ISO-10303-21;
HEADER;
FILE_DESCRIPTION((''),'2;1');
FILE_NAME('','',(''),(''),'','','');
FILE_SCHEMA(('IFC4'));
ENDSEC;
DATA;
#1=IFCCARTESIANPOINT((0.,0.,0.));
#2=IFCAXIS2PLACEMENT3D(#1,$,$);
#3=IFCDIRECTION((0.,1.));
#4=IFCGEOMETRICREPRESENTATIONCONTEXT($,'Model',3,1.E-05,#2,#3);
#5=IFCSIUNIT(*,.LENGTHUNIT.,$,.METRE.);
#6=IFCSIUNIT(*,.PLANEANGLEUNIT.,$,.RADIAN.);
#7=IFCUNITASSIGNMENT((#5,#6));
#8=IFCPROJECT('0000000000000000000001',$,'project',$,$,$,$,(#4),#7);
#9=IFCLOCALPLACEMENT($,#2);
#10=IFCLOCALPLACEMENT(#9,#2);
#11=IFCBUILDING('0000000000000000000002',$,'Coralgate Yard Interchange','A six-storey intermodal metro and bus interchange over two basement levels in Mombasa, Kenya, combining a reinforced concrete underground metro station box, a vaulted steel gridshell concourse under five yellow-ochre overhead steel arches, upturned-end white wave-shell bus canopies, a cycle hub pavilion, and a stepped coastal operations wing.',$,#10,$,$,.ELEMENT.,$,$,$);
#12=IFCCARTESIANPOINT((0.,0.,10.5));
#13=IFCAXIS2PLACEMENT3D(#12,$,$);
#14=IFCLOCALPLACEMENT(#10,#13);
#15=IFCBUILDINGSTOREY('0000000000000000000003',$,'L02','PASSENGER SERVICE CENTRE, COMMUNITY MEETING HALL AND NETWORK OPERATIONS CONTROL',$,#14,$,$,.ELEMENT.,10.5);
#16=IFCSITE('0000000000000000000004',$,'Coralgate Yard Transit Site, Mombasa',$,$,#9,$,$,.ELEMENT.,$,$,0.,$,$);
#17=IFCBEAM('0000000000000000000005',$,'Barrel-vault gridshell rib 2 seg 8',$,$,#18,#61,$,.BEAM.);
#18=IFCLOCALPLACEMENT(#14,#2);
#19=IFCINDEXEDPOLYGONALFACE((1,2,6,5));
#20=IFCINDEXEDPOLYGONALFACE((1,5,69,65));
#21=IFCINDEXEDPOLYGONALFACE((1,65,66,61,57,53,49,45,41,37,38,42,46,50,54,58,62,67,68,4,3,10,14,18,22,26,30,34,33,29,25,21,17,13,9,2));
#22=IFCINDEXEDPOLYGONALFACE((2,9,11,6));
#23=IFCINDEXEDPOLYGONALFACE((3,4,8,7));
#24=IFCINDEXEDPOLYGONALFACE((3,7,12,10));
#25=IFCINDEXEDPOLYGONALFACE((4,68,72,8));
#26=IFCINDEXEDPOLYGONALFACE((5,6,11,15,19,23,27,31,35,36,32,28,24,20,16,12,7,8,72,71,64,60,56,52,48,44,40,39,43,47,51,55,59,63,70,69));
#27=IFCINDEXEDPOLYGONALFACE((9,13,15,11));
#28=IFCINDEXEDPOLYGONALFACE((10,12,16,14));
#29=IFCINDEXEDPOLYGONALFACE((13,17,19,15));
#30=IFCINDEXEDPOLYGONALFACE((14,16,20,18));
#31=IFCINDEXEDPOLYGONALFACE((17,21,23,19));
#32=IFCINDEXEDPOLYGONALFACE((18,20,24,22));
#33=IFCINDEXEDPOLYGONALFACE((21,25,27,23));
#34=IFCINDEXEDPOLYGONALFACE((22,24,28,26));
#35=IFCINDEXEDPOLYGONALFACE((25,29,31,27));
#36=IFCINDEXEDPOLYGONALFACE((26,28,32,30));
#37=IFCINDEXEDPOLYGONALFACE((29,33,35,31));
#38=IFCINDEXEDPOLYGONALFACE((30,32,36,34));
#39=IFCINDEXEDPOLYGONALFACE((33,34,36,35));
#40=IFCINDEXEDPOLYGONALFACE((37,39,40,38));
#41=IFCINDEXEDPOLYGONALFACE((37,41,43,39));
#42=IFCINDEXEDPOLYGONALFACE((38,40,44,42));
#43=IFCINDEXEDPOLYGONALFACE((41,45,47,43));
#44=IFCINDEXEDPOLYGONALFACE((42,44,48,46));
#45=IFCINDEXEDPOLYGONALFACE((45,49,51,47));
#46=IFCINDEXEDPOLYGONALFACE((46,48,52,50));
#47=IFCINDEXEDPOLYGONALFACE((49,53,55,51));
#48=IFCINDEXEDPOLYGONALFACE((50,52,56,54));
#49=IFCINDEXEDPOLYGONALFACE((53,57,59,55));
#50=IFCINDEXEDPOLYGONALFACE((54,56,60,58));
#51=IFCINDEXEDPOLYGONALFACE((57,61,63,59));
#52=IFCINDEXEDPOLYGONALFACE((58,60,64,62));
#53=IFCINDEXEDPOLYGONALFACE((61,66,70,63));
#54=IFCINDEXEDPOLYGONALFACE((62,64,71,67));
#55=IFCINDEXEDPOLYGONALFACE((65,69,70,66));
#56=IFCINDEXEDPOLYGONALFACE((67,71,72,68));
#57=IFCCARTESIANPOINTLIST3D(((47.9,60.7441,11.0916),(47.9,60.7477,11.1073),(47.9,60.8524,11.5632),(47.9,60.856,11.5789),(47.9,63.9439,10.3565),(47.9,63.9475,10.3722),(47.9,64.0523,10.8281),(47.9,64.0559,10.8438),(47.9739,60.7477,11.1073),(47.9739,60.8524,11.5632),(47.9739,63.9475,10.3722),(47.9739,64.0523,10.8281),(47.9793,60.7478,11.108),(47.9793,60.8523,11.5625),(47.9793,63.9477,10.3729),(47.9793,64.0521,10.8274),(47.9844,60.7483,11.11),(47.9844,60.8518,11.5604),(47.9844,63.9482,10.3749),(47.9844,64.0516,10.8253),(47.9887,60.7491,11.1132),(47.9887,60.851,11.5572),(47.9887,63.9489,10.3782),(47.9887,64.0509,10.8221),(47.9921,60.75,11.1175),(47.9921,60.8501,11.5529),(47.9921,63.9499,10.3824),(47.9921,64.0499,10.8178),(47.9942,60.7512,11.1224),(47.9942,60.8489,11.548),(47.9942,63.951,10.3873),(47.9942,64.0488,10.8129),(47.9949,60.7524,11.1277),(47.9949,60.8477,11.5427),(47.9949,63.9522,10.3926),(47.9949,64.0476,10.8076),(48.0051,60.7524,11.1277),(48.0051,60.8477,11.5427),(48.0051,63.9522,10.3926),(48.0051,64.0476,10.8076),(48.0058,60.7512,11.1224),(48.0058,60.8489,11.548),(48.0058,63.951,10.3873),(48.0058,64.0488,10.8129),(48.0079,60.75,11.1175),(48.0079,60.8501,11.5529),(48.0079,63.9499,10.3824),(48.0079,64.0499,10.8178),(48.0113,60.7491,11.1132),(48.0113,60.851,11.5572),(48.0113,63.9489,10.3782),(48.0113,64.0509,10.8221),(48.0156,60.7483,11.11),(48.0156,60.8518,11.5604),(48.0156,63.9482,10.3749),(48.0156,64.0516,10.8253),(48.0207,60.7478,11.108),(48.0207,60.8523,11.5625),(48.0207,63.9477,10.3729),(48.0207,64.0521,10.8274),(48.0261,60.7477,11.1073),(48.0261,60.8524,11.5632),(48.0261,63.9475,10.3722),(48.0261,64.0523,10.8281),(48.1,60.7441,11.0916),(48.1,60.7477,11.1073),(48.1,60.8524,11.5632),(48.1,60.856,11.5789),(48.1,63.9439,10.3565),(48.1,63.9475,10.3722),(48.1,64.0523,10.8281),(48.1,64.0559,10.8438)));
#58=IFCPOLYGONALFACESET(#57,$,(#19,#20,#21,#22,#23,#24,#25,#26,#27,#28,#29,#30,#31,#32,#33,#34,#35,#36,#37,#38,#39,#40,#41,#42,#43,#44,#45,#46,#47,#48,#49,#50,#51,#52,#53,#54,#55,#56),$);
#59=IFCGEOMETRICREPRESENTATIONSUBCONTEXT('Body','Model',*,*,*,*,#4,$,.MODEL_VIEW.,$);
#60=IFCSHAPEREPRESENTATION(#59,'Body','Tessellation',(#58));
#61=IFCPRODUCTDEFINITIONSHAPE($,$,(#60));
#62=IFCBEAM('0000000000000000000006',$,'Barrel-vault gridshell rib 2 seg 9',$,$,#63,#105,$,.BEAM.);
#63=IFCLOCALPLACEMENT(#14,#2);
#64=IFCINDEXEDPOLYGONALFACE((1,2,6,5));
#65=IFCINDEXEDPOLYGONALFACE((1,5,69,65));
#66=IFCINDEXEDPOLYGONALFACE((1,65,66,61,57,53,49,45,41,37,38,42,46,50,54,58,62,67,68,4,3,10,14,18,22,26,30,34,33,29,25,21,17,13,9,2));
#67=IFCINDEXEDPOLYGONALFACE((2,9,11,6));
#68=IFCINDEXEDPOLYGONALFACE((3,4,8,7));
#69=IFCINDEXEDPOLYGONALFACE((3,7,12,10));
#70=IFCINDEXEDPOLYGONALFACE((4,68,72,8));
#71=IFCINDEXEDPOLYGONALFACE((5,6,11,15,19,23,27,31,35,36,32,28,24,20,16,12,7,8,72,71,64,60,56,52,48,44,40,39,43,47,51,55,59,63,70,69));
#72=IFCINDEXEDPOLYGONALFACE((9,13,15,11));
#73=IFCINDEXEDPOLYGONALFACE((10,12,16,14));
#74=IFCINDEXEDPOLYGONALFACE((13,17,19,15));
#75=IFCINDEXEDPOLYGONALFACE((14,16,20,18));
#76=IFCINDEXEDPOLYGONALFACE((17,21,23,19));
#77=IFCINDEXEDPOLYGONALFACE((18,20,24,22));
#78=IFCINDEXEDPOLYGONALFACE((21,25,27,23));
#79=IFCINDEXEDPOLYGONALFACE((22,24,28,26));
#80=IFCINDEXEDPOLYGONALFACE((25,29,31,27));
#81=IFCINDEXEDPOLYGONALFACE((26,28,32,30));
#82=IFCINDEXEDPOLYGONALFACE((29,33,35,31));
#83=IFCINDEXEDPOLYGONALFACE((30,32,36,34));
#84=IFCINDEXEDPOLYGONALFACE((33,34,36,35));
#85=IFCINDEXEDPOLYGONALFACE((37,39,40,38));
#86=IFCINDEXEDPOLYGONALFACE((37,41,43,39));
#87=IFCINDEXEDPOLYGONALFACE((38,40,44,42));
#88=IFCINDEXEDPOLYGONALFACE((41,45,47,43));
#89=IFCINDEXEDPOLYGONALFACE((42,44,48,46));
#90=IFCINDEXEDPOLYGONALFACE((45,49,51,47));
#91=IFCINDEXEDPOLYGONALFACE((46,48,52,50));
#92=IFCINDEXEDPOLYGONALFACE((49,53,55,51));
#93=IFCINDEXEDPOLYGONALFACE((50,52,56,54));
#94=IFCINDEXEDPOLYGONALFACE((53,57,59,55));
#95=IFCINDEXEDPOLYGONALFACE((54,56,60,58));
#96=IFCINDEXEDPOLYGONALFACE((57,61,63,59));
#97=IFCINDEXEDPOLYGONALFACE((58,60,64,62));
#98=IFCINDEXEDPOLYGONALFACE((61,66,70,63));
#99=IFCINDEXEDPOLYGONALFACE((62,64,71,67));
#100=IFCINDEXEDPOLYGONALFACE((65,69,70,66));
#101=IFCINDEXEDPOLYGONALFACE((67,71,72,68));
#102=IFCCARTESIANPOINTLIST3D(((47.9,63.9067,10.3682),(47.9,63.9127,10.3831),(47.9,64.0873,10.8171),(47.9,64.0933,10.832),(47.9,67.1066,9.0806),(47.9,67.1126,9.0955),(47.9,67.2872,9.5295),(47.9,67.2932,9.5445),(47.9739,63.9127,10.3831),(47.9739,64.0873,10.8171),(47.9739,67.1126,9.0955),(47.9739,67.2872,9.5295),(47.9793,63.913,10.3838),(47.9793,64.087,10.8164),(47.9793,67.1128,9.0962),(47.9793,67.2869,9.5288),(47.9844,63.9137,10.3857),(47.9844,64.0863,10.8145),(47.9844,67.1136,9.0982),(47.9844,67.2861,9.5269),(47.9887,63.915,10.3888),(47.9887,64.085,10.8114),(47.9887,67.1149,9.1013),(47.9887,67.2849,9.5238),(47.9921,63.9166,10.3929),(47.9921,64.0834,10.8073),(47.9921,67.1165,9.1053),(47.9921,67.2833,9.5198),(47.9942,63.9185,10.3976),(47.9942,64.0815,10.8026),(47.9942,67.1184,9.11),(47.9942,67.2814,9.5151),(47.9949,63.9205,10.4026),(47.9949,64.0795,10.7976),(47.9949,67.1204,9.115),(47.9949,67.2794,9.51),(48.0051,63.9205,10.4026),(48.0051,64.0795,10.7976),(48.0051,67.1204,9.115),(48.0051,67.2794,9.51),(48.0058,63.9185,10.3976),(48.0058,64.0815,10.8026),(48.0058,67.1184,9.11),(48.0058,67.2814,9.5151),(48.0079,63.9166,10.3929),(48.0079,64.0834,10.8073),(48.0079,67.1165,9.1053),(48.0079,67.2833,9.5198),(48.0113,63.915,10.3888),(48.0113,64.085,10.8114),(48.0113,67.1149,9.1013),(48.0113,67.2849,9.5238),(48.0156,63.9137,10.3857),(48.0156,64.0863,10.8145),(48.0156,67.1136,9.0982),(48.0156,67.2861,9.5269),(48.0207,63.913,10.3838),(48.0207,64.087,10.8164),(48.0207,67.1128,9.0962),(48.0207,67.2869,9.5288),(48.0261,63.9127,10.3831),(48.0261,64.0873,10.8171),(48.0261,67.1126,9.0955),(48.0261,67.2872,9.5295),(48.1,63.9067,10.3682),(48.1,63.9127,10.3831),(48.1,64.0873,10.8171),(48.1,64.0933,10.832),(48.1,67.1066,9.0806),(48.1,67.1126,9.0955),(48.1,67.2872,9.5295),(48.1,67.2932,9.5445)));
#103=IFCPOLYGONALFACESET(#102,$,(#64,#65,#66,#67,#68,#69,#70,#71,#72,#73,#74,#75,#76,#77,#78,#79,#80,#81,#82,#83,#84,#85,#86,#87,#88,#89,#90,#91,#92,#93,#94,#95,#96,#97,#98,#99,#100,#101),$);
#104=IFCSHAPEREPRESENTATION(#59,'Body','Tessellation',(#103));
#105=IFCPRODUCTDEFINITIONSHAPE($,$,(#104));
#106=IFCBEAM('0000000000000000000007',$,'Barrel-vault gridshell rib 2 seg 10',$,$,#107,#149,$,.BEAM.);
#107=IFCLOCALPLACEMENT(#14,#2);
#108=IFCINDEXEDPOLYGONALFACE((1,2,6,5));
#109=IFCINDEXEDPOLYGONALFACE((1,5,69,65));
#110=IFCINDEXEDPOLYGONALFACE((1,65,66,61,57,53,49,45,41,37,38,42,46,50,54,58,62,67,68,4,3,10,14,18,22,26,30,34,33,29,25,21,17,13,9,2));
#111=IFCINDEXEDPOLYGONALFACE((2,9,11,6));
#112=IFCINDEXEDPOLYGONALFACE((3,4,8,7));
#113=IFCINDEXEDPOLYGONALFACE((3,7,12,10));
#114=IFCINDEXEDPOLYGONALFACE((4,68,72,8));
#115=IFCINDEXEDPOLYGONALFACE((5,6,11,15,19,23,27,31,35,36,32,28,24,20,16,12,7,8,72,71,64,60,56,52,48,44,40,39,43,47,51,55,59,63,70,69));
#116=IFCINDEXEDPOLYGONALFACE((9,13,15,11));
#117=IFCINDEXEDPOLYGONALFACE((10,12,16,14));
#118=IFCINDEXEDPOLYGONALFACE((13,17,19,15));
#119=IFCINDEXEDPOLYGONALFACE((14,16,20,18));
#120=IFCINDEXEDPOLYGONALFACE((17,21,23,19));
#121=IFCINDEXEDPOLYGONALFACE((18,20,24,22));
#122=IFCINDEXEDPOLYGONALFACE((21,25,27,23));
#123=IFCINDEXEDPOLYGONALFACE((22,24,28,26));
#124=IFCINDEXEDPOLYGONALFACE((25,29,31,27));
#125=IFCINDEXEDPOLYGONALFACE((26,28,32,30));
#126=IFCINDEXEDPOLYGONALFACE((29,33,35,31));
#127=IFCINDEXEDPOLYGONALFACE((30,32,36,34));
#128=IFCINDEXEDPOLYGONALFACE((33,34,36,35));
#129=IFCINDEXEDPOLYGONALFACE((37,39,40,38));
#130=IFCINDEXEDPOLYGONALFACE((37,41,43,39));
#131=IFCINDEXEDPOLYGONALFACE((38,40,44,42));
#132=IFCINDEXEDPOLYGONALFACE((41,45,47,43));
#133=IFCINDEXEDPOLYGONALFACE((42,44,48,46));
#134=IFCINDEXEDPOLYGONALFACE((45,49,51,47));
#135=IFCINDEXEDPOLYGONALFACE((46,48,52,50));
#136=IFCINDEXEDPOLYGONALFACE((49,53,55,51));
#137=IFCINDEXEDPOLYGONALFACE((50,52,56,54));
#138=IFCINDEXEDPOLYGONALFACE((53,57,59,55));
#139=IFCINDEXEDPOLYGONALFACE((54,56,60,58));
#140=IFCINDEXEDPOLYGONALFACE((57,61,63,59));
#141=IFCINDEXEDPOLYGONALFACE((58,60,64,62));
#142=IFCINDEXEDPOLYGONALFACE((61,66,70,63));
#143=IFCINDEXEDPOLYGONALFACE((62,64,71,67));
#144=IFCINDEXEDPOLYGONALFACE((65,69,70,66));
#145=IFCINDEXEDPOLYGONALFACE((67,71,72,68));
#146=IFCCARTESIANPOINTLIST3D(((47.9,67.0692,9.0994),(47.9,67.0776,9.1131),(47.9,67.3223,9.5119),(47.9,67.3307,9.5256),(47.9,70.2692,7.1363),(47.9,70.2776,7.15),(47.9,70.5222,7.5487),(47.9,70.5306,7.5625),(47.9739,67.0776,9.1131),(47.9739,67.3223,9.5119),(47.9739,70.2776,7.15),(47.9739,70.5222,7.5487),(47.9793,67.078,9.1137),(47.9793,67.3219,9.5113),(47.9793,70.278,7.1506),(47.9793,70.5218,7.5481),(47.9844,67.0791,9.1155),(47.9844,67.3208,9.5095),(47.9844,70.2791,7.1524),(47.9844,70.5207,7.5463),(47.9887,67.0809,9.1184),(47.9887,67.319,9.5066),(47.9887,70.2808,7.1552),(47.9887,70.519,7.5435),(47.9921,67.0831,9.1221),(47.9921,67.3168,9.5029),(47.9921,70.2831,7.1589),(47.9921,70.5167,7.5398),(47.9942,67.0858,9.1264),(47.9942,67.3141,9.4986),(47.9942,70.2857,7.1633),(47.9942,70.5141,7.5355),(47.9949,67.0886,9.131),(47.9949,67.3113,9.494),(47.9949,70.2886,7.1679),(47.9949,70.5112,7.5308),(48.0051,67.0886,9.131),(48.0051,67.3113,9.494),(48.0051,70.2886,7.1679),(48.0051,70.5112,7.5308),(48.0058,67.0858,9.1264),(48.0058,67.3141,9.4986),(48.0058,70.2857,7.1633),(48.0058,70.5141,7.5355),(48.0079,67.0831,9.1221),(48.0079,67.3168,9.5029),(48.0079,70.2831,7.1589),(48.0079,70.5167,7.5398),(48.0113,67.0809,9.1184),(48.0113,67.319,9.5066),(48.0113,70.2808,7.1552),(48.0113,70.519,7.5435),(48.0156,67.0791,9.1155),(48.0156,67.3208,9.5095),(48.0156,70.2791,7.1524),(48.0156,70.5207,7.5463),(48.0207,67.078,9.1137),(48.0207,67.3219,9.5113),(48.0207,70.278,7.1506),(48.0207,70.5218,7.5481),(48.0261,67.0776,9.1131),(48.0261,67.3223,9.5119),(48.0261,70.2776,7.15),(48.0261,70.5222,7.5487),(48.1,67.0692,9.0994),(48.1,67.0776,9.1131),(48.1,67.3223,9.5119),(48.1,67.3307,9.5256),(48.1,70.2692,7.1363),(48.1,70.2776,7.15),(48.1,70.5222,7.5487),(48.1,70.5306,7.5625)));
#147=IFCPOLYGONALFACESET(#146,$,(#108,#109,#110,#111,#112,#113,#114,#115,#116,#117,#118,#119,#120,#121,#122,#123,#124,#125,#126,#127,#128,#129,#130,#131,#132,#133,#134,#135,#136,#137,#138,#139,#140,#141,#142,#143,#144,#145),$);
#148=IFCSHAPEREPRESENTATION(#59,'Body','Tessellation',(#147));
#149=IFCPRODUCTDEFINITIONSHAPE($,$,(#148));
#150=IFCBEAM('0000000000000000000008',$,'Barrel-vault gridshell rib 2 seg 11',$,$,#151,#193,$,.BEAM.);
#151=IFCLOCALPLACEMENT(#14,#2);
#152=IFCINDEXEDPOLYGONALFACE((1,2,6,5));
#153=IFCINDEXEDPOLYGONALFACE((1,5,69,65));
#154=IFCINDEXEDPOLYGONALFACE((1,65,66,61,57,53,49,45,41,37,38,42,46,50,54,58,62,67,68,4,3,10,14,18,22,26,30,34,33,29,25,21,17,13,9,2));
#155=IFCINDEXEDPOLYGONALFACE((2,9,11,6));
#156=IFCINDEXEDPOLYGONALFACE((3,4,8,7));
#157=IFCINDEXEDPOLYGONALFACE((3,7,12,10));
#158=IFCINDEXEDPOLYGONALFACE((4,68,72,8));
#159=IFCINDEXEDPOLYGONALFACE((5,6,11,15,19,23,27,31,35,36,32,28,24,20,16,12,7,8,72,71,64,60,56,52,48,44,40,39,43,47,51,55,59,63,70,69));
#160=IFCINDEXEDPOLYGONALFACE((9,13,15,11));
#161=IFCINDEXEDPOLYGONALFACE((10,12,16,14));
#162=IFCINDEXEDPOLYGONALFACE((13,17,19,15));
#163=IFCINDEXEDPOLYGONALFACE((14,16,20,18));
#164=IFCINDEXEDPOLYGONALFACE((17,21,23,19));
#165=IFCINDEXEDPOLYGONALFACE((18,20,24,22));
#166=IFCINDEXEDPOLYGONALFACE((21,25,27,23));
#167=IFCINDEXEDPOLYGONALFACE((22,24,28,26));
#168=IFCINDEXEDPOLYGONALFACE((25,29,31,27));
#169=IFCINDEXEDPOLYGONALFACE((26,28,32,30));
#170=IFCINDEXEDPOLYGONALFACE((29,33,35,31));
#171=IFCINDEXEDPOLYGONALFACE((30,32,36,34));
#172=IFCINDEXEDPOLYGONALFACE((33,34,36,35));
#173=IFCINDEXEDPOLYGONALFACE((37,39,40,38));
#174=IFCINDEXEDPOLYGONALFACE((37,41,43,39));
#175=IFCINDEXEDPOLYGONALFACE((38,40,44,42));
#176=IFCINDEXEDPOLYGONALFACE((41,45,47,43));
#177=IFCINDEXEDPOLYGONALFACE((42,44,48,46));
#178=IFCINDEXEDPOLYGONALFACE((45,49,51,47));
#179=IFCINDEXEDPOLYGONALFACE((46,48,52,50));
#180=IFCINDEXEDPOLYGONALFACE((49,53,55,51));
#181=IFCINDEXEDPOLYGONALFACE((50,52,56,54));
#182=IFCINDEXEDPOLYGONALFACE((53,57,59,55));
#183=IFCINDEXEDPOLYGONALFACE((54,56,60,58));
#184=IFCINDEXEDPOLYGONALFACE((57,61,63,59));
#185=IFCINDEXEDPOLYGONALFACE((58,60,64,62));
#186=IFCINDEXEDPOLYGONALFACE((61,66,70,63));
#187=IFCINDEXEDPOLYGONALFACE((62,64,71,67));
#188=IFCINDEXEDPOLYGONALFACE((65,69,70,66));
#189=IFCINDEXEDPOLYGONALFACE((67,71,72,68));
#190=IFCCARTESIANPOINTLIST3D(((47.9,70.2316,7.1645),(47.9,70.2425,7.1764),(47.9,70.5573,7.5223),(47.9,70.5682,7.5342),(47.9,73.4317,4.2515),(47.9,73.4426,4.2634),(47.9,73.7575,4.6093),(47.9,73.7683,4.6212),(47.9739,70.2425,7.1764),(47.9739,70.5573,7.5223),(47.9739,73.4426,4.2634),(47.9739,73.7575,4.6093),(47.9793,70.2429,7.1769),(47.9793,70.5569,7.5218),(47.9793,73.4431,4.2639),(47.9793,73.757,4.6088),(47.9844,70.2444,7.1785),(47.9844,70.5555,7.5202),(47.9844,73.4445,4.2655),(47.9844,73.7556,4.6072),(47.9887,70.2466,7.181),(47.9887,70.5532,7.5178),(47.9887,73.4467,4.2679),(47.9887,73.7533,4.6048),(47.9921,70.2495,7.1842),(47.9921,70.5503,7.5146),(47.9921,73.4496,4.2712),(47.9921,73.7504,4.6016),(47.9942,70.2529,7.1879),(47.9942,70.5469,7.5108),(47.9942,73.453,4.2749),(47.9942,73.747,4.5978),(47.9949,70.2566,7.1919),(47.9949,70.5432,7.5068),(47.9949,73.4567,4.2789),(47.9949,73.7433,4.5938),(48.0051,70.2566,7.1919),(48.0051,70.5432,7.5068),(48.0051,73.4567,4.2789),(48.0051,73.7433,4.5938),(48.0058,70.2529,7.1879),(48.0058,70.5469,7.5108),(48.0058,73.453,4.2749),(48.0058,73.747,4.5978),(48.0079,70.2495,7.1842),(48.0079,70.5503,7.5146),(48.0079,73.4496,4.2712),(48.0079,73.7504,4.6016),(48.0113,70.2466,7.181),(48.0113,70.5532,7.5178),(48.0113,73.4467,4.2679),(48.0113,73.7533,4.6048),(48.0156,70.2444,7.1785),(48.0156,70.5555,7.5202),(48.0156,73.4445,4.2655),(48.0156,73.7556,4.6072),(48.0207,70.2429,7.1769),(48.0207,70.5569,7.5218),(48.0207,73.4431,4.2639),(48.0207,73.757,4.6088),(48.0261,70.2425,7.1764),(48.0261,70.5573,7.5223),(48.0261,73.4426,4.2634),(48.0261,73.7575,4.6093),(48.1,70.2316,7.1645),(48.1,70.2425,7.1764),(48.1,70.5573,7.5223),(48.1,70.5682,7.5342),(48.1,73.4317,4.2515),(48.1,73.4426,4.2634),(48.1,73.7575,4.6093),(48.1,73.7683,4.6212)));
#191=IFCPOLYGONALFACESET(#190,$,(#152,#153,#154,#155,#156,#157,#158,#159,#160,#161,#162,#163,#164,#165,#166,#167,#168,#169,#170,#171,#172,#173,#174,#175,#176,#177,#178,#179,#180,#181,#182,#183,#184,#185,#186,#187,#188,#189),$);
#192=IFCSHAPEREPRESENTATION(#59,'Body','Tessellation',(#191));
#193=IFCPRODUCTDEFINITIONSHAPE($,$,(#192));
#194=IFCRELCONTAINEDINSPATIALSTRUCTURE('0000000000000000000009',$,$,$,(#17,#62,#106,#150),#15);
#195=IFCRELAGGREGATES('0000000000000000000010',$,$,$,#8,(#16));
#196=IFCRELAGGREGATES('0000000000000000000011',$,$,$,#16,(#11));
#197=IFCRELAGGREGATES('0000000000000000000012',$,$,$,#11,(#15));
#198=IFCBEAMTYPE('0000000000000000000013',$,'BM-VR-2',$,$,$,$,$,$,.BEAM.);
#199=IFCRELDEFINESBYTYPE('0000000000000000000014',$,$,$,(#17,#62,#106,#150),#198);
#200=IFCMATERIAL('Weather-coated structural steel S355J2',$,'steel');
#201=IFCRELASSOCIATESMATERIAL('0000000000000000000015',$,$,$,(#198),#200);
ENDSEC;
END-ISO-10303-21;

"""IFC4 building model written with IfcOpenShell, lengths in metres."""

from ifc_helpers import new_model, si_unit, direction, frame, origin, origin_2d, place, context, subcontext, project, spatial, i_section, extrude, material, material_profile, profile_set, type_object, element, save


model = new_model("IFC4")

# Units and contexts
model_context = context("Model", 3, precision=1e-05, world=origin(), true_north=direction((0.0, 1.0)))
body_context = subcontext(model_context, "Body", "Model", "MODEL_VIEW")
ifc_project = project(units=[si_unit("LENGTHUNIT", "METRE"), si_unit("PLANEANGLEUNIT", "RADIAN")], contexts=[model_context])

# Site, building, storey
site_placement = place(None, origin())
site = spatial("IfcSite", under=ifc_project, at=site_placement, Name="Coralgate Yard Transit Site, Mombasa", CompositionType="ELEMENT", RefElevation=0.0)
building_placement = place(site_placement, origin())
building = spatial("IfcBuilding", under=site, at=building_placement, Name="Coralgate Yard Interchange", Description="A six-storey intermodal metro and bus interchange over two basement levels in Mombasa, Kenya, combining a reinforced concrete underground metro station box, a vaulted steel gridshell concourse under five yellow-ochre overhead steel arches, upturned-end white wave-shell bus canopies, a cycle hub pavilion, and a stepped coastal operations wing.", CompositionType="ELEMENT")
storey_placement = place(building_placement, frame((0.0, 0.0, 10.5)))
storey = spatial("IfcBuildingStorey", under=building, at=storey_placement, Name="L02", Description="PASSENGER SERVICE CENTRE, COMMUNITY MEETING HALL AND NETWORK OPERATIONS CONTROL", CompositionType="ELEMENT", Elevation=10.5)

# Beams
ifc_material_1 = material(Name="Weather-coated structural steel S355J2", Category="steel")
ifc_material_profile_1 = material_profile(ifc_material_1, i_section(OverallWidth=0.2, OverallDepth=0.5, WebThickness=0.0103, FlangeThickness=0.0161, FilletRadius=0.021, at=origin_2d()), Name="IPE 500")
ifc_profile_set_1 = profile_set([ifc_material_profile_1], Name="Weather-coated structural steel S355J2")
beam_type_1 = type_object("IfcBeamType", Name="BM-VR-2", PredefinedType="BEAM", material=ifc_profile_set_1)
beam_1_placement = place(storey_placement, frame((48.0, 60.8, 11.3352), z_axis=(0.0, 0.974614, -0.223893), x_axis=(-1.0, 0.0, 0.0)))
element("IfcBeam", 1, at=beam_1_placement, inside=storey, type_object=beam_type_1, Name="Barrel-vault gridshell rib 2 seg 8", PredefinedType="BEAM", context=body_context, shape_type="SweptSolid", body=[
    extrude(i_section(OverallWidth=0.2, OverallDepth=0.5, WebThickness=0.0103, FlangeThickness=0.0161, FilletRadius=0.021, at=origin_2d()), origin(), (0.0, 0.0, 1.0), 3.2832),
])
beam_2_placement = place(storey_placement, frame((48.0, 64.0, 10.6001), z_axis=(0.0, 0.927713, -0.373294), x_axis=(-1.0, 0.0, 0.0)))
element("IfcBeam", 2, at=beam_2_placement, inside=storey, type_object=beam_type_1, Name="Barrel-vault gridshell rib 2 seg 9", PredefinedType="BEAM", context=body_context, shape_type="SweptSolid", body=[
    extrude(i_section(OverallWidth=0.2, OverallDepth=0.5, WebThickness=0.0103, FlangeThickness=0.0161, FilletRadius=0.021, at=origin_2d()), origin(), (0.0, 0.0, 1.0), 3.4492),
])
beam_3_placement = place(storey_placement, frame((48.0, 67.2, 9.3125), z_axis=(0.0, 0.852379, -0.522925), x_axis=(-1.0, 0.0, 0.0)))
element("IfcBeam", 3, at=beam_3_placement, inside=storey, type_object=beam_type_1, Name="Barrel-vault gridshell rib 2 seg 10", PredefinedType="BEAM", context=body_context, shape_type="SweptSolid", body=[
    extrude(i_section(OverallWidth=0.2, OverallDepth=0.5, WebThickness=0.0103, FlangeThickness=0.0161, FilletRadius=0.021, at=origin_2d()), origin(), (0.0, 0.0, 1.0), 3.7542),
])
beam_4_placement = place(storey_placement, frame((48.0, 70.3999, 7.3494), z_axis=(0.0, 0.739501, -0.673156), x_axis=(-1.0, 0.0, 0.0)))
element("IfcBeam", 4, at=beam_4_placement, inside=storey, type_object=beam_type_1, Name="Barrel-vault gridshell rib 2 seg 11", PredefinedType="BEAM", context=body_context, shape_type="SweptSolid", body=[
    extrude(i_section(OverallWidth=0.2, OverallDepth=0.5, WebThickness=0.0103, FlangeThickness=0.0161, FilletRadius=0.021, at=origin_2d()), origin(), (0.0, 0.0, 1.0), 4.3274),
])

save(model, "model.ifc")
